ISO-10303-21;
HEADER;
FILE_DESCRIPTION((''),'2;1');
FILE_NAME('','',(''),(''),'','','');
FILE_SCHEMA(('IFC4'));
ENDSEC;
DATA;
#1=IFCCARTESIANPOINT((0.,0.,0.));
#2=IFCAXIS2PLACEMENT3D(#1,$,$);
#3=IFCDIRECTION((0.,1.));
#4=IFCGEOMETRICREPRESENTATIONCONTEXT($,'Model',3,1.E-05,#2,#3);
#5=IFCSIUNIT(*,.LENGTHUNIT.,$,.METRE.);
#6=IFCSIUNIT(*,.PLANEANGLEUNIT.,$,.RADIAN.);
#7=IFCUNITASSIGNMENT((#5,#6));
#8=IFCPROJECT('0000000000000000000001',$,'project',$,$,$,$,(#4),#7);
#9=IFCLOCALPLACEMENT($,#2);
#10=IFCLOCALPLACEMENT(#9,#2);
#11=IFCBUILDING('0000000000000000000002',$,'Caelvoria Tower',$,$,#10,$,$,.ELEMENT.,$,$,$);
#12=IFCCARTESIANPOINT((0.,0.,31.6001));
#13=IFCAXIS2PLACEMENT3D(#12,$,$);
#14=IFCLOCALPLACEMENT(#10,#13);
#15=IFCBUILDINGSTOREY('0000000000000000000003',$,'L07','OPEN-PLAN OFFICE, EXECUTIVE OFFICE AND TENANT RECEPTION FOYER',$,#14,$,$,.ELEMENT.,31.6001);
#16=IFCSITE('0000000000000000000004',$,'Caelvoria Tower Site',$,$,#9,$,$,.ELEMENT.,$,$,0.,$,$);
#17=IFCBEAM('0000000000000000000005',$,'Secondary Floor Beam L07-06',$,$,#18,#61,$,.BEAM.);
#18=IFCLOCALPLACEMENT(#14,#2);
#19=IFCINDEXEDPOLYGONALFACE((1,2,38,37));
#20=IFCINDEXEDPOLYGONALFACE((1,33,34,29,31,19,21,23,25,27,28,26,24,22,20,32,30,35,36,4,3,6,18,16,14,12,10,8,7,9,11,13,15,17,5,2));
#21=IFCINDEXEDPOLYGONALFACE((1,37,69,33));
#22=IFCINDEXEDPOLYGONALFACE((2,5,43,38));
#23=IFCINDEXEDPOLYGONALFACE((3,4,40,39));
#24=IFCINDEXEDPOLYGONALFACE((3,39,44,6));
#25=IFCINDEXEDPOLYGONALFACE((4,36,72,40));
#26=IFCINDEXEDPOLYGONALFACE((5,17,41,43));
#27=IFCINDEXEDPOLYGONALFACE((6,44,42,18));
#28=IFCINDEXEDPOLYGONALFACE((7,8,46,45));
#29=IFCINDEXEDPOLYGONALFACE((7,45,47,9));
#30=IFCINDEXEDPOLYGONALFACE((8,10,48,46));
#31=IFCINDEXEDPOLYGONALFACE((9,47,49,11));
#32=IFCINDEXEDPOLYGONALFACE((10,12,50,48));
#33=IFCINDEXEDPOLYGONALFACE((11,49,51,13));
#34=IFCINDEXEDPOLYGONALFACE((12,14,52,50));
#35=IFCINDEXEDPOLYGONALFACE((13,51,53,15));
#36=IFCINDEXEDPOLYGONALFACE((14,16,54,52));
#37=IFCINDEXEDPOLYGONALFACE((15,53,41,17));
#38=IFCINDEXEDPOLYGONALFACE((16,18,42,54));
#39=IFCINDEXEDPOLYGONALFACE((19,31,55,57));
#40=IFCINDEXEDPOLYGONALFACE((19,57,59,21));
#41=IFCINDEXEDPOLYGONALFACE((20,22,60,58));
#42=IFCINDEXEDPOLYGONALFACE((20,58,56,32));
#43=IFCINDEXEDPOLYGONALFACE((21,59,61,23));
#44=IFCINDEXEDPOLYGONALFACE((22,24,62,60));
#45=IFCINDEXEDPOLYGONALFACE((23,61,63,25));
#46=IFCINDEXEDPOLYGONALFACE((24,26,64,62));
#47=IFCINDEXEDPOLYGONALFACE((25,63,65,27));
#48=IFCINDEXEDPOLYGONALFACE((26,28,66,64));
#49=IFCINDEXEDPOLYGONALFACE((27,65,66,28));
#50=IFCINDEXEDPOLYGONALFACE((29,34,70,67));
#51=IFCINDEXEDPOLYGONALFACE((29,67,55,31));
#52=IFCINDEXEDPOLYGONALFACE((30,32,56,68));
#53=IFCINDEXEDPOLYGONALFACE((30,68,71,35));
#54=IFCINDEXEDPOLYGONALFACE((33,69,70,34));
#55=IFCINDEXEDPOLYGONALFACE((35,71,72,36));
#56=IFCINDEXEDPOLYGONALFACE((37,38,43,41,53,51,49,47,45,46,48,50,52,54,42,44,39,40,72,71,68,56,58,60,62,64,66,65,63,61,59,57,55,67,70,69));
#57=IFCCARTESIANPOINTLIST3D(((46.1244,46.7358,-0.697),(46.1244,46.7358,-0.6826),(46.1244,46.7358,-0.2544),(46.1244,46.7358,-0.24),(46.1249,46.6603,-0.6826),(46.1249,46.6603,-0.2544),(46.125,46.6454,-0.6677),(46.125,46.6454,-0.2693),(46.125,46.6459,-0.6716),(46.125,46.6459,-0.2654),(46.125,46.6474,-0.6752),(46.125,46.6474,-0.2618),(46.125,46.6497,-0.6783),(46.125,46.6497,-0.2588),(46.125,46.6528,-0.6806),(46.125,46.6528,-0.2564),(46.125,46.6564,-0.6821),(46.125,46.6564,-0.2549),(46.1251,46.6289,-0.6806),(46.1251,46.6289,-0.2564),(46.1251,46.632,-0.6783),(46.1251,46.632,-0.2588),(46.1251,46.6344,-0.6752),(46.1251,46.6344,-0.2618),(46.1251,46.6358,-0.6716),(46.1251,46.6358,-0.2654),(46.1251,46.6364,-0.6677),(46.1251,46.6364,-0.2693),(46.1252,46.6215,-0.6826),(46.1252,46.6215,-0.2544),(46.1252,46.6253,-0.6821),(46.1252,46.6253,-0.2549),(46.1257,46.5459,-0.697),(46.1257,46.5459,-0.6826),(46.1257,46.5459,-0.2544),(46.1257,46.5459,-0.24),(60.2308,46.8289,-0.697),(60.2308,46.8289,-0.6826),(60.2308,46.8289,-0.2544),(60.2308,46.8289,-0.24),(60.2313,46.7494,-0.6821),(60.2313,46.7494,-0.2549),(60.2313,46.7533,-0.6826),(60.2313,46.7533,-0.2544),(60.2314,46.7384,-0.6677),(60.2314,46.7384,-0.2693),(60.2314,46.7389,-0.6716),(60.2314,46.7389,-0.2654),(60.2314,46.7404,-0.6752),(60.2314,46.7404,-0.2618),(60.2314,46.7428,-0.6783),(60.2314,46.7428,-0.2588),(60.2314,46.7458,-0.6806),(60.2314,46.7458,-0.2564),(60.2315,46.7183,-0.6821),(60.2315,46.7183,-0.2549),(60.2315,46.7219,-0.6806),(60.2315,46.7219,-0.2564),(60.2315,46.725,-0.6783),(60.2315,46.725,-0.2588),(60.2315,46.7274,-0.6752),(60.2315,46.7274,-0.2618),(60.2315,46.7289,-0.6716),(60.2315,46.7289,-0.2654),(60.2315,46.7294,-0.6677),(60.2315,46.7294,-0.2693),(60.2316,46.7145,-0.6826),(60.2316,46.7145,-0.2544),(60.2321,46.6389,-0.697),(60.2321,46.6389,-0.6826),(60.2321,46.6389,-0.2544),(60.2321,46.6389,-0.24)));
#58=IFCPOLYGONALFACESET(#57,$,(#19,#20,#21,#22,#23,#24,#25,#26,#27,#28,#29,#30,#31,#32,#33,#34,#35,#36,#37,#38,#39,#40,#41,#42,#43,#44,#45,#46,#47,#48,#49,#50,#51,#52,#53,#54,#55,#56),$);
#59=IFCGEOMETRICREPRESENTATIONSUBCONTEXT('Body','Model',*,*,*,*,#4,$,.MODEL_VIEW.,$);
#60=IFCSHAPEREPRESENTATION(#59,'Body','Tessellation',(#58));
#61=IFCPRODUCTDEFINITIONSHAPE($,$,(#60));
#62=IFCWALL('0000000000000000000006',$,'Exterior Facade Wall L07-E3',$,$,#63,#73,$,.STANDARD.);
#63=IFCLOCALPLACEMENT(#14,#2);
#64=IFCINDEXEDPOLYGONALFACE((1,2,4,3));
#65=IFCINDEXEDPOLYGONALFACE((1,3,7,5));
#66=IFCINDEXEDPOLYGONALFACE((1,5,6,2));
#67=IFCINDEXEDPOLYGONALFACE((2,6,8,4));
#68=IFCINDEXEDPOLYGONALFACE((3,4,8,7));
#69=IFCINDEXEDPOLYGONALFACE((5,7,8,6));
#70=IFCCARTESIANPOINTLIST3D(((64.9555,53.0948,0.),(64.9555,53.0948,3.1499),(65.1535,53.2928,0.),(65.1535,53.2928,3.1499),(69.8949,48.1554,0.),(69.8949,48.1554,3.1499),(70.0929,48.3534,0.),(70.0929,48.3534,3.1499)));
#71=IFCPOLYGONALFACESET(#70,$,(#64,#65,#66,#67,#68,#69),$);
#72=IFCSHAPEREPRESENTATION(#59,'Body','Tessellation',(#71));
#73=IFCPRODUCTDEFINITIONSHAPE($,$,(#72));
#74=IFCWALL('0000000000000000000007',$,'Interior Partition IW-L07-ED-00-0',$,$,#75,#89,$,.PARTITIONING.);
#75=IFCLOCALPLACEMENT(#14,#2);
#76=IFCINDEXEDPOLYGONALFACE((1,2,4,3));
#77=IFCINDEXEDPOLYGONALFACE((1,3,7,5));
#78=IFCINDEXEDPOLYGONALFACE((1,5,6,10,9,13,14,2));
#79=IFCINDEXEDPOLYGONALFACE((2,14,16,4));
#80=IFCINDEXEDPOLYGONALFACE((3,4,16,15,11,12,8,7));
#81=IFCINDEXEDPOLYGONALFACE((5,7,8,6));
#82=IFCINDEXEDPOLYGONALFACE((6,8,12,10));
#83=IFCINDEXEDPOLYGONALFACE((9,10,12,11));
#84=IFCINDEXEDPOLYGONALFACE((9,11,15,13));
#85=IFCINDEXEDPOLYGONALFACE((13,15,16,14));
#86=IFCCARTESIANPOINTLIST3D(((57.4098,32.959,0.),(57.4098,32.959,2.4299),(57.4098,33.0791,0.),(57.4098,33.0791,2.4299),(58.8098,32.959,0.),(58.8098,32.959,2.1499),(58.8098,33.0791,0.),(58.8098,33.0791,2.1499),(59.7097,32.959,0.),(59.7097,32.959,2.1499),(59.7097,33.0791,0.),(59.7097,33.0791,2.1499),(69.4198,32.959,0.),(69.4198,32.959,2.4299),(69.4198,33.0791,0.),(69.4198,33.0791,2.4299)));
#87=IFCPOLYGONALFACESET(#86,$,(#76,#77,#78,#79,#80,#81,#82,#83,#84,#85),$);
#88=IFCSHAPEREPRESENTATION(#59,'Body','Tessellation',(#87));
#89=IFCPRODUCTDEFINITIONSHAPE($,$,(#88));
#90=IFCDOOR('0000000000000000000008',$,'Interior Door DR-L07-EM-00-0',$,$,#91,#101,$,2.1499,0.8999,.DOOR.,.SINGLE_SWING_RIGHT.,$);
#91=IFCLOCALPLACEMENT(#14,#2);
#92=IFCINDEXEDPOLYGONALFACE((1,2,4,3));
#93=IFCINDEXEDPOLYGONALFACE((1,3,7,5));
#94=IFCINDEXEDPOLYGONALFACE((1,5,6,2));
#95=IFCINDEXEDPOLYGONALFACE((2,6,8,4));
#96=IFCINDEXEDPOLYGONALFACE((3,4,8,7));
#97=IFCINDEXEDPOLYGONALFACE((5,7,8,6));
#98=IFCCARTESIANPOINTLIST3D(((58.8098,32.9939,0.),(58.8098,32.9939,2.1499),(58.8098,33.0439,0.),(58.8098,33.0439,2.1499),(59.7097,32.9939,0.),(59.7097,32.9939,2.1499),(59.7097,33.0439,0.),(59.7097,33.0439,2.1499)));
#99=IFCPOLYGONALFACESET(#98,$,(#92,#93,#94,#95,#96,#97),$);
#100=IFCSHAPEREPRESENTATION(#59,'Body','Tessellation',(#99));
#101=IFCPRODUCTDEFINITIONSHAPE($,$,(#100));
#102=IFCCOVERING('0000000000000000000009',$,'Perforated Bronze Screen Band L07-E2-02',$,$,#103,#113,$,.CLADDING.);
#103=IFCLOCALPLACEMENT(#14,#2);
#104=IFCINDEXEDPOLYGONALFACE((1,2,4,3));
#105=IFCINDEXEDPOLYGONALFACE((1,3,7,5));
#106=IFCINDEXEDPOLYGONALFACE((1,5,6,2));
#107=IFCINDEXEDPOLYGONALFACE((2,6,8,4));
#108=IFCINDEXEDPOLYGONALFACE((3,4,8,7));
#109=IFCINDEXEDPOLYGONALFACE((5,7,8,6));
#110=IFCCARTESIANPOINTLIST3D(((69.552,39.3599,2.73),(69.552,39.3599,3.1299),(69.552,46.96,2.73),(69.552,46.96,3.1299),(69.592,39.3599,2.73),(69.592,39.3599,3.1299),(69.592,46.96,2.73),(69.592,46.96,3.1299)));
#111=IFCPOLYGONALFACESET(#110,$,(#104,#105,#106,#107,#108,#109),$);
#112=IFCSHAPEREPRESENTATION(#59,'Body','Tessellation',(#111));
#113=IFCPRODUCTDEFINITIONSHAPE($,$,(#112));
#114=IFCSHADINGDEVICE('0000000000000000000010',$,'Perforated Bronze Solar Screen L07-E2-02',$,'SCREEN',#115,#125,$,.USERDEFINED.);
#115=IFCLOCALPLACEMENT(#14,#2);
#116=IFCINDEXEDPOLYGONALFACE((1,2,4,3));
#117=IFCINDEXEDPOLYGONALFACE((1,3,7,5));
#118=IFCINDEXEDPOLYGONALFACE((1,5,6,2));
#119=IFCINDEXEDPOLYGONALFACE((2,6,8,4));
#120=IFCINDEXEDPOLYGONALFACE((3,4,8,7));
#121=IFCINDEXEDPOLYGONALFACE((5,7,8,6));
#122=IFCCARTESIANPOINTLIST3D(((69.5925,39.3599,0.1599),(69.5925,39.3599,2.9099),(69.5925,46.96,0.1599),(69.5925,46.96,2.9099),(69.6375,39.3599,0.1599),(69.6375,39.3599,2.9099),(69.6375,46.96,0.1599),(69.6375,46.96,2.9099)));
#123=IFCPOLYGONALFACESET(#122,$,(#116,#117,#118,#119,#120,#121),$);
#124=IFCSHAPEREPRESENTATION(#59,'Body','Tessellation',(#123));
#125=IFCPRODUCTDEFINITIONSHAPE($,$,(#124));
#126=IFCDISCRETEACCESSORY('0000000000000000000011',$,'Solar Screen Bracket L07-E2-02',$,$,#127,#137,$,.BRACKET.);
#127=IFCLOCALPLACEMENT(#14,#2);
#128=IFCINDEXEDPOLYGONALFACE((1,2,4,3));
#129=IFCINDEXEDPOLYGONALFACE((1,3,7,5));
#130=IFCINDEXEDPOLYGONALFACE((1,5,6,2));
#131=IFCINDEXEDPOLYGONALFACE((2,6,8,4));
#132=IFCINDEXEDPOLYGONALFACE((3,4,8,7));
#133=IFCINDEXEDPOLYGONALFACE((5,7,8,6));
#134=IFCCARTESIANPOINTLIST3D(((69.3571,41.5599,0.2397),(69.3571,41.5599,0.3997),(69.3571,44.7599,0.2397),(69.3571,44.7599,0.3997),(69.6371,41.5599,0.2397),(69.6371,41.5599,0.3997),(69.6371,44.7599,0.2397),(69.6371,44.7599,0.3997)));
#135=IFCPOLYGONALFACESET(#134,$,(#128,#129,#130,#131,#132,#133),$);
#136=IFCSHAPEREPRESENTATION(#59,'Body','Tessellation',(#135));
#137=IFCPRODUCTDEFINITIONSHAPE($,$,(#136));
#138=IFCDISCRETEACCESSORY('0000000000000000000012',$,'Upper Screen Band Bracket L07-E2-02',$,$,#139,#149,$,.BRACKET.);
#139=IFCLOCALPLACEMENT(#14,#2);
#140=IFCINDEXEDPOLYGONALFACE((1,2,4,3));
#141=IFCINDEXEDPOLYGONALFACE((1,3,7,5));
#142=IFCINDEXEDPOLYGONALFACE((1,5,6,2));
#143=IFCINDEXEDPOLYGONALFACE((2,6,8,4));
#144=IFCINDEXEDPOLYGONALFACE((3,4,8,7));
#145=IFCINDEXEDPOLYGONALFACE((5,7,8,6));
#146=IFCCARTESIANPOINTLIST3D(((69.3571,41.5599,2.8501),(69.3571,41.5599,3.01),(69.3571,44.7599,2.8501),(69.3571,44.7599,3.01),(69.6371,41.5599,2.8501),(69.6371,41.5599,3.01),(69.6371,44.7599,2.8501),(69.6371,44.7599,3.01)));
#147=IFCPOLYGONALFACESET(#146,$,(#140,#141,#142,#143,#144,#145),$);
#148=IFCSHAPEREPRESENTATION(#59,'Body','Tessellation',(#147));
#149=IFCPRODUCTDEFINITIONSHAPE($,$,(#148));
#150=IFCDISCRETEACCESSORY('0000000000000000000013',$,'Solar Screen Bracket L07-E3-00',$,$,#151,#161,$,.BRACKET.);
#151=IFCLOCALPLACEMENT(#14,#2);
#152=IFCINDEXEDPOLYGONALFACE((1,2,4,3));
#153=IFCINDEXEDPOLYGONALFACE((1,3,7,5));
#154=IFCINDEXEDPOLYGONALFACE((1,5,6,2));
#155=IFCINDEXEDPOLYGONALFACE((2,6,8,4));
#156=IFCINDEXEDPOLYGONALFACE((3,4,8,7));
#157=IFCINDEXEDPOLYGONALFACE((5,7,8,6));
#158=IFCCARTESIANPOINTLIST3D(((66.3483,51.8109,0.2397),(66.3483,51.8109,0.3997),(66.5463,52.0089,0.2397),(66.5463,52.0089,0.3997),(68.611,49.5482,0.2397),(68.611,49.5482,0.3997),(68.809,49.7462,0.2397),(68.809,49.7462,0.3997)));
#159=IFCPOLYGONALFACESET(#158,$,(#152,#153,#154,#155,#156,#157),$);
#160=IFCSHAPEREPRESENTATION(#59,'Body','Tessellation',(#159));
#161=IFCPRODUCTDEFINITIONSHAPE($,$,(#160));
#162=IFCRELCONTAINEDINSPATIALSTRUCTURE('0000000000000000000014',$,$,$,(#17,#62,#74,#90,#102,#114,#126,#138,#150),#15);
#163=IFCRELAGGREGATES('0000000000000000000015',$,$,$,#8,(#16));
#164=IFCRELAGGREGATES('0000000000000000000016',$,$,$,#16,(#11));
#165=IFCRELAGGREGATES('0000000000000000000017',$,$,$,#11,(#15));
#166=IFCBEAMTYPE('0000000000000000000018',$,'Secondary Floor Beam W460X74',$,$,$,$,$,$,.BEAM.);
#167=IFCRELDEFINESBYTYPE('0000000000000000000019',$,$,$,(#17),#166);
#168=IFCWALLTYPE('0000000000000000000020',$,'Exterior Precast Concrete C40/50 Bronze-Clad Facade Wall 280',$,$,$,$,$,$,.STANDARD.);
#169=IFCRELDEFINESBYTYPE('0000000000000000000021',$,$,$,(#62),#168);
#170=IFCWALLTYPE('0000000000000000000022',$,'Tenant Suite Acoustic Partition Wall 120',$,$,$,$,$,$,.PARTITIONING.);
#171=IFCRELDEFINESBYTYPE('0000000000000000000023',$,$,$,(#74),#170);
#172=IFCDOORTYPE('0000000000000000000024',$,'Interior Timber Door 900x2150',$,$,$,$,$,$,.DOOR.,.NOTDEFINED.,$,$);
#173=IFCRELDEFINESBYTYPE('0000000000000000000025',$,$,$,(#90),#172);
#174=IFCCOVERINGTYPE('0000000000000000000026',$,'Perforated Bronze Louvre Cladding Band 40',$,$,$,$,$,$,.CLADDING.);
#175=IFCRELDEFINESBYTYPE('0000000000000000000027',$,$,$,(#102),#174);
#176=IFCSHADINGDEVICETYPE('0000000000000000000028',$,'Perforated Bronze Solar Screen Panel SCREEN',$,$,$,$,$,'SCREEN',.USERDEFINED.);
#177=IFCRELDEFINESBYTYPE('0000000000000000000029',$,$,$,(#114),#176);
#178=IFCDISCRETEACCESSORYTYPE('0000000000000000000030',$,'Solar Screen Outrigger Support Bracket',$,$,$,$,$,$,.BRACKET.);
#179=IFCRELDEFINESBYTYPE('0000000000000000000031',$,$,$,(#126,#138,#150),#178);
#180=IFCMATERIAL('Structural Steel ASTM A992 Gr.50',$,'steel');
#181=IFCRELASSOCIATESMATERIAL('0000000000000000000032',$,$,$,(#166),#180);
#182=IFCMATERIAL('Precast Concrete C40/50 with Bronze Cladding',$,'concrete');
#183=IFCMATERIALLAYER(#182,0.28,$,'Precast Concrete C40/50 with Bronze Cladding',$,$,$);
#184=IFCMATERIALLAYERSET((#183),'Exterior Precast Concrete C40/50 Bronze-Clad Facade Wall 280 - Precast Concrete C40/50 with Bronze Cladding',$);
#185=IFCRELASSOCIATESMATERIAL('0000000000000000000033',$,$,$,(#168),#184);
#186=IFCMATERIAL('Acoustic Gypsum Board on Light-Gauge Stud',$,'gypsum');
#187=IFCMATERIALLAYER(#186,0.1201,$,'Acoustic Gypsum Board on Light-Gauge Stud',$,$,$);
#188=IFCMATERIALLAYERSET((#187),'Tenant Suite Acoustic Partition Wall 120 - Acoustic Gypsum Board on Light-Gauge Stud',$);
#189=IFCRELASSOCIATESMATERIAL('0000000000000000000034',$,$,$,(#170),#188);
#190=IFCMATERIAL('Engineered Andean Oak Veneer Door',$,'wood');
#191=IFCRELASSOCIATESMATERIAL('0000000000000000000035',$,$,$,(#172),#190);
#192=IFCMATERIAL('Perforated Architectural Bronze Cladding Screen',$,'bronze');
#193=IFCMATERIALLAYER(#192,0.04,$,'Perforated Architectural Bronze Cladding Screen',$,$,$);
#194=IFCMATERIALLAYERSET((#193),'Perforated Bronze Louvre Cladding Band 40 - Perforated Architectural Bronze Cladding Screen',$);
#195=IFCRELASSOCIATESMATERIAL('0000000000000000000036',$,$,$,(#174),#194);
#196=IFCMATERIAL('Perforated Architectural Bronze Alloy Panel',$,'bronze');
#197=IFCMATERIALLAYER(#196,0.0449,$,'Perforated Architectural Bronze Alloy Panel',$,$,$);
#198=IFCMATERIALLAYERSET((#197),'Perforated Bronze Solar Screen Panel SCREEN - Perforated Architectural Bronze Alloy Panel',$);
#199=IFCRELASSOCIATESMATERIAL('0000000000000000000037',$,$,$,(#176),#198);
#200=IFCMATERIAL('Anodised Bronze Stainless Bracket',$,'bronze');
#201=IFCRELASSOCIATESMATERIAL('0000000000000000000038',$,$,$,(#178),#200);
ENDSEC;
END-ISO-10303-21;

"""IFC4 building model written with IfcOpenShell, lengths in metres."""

from ifc_helpers import new_model, si_unit, direction, frame, frame_2d, origin, origin_2d, place, context, subcontext, project, spatial, rectangle, i_section, extrude, material, layer, layer_set, material_profile, profile_set, type_object, element, fill, save


model = new_model("IFC4")

# Units and contexts
model_context = context("Model", 3, precision=1e-05, world=origin(), true_north=direction((0.0, 1.0)))
body_context = subcontext(model_context, "Body", "Model", "MODEL_VIEW")
ifc_project = project(units=[si_unit("LENGTHUNIT", "METRE"), si_unit("PLANEANGLEUNIT", "RADIAN")], contexts=[model_context])

# Site, building, storey
site_placement = place(None, origin())
site = spatial("IfcSite", under=ifc_project, at=site_placement, Name="Caelvoria Tower Site", CompositionType="ELEMENT", RefElevation=0.0)
building_placement = place(site_placement, origin())
building = spatial("IfcBuilding", under=site, at=building_placement, Name="Caelvoria Tower", CompositionType="ELEMENT")
storey_placement = place(building_placement, frame((0.0, 0.0, 31.6001)))
storey = spatial("IfcBuildingStorey", under=building, at=storey_placement, Name="L07", Description="OPEN-PLAN OFFICE, EXECUTIVE OFFICE AND TENANT RECEPTION FOYER", CompositionType="ELEMENT", Elevation=31.6001)

# Beam
ifc_material_1 = material(Name="Structural Steel ASTM A992 Gr.50", Category="steel")
ifc_material_profile_1 = material_profile(ifc_material_1, i_section(OverallWidth=0.1899, OverallDepth=0.457, WebThickness=0.009, FlangeThickness=0.0144, FilletRadius=0.0149, at=origin_2d()), Name="Structural Steel ASTM A992 Gr.50")
ifc_profile_set_1 = profile_set([ifc_material_profile_1], Name="W460X74 - Structural Steel ASTM A992 Gr.50")
beam_type_1 = type_object("IfcBeamType", Name="Secondary Floor Beam W460X74", PredefinedType="BEAM", material=ifc_profile_set_1)
beam_1_placement = place(storey_placement, frame((60.2314, 46.7339, -0.4685), z_axis=(-0.999978, -0.006594, 0.0), x_axis=(0.006594, -0.999978, 0.0)))
element("IfcBeam", 1, at=beam_1_placement, inside=storey, type_object=beam_type_1, Name="Secondary Floor Beam L07-06", PredefinedType="BEAM", context=body_context, shape_type="SweptSolid", body=[
    extrude(i_section(OverallWidth=0.1899, OverallDepth=0.457, WebThickness=0.009, FlangeThickness=0.0144, FilletRadius=0.0149, at=origin_2d()), origin(), (0.0, 0.0, 1.0), 14.1067),
])

# Wall
ifc_material_2 = material(Name="Precast Concrete C40/50 with Bronze Cladding", Category="concrete")
ifc_layer_1 = layer(ifc_material_2, 0.28, Name="Precast Concrete C40/50 with Bronze Cladding")
ifc_layer_set_1 = layer_set([ifc_layer_1], Name="Exterior Precast Concrete C40/50 Bronze-Clad Facade Wall 280 - Precast Concrete C40/50 with Bronze Cladding")
wall_type_1 = type_object("IfcWallType", Name="Exterior Precast Concrete C40/50 Bronze-Clad Facade Wall 280", PredefinedType="STANDARD", material=ifc_layer_set_1)
wall_1_placement = place(storey_placement, frame((69.9939, 48.2544, 0.0), z_axis=(0.0, 0.0, 1.0), x_axis=(-0.707107, 0.707107, 0.0)))
element("IfcWall", 2, at=wall_1_placement, inside=storey, type_object=wall_type_1, Name="Exterior Facade Wall L07-E3", PredefinedType="STANDARD", context=body_context, shape_type="SweptSolid", body=[
    extrude(rectangle(XDim=6.9854, YDim=0.28, at=frame_2d((3.4927, 0.0))), origin(), (0.0, 0.0, 1.0), 3.1499),
])

# Wall, opening, door
ifc_material_3 = material(Name="Acoustic Gypsum Board on Light-Gauge Stud", Category="gypsum")
ifc_layer_2 = layer(ifc_material_3, 0.1201, Name="Acoustic Gypsum Board on Light-Gauge Stud")
ifc_layer_set_2 = layer_set([ifc_layer_2], Name="Tenant Suite Acoustic Partition Wall 120 - Acoustic Gypsum Board on Light-Gauge Stud")
wall_type_2 = type_object("IfcWallType", Name="Tenant Suite Acoustic Partition Wall 120", PredefinedType="PARTITIONING", material=ifc_layer_set_2)
wall_2_placement = place(storey_placement, frame((57.4099, 33.019, 0.0), z_axis=(0.0, 0.0, 1.0), x_axis=(1.0, 0.0, 0.0)))
wall_2 = element("IfcWall", 3, at=wall_2_placement, inside=storey, type_object=wall_type_2, Name="Interior Partition IW-L07-ED-00-0", PredefinedType="PARTITIONING", context=body_context, shape_type="SweptSolid", body=[
    extrude(rectangle(XDim=12.01, YDim=0.1201, at=frame_2d((6.0049, 0.0))), origin(), (0.0, 0.0, 1.0), 2.4299),
])
opening_placement = place(wall_2_placement, frame((1.3999, 0.0, 0.0)))
opening = element("IfcOpeningElement", 4, at=opening_placement, cuts=wall_2, PredefinedType="OPENING", context=body_context, shape_type="SweptSolid", body=[
    extrude(rectangle(XDim=0.8999, YDim=2.1499, at=frame_2d((0.45, 1.075))), frame((0.0, 0.0701, 0.0), z_axis=(0.0, -1.0, 0.0), x_axis=(1.0, 0.0, 0.0)), (0.0, 0.0, 1.0), 0.1401),
])
ifc_material_4 = material(Name="Engineered Andean Oak Veneer Door", Category="wood")
door_type = type_object("IfcDoorType", Name="Interior Timber Door 900x2150", OperationType="NOTDEFINED", PredefinedType="DOOR", material=ifc_material_4)
door_placement = place(opening_placement, origin())
door = element("IfcDoor", 5, at=door_placement, inside=storey, type_object=door_type, Name="Interior Door DR-L07-EM-00-0", OperationType="SINGLE_SWING_RIGHT", OverallHeight=2.1499, OverallWidth=0.8999, PredefinedType="DOOR", context=body_context, shape_type="SweptSolid", body=[
    extrude(rectangle(XDim=0.8999, YDim=2.1499, at=frame_2d((0.45, 1.075))), frame((0.0, 0.0249, 0.0), z_axis=(0.0, -1.0, 0.0), x_axis=(1.0, 0.0, 0.0)), (0.0, 0.0, 1.0), 0.05),
])
fill(opening, door)

# Covering
ifc_material_5 = material(Name="Perforated Architectural Bronze Cladding Screen", Category="bronze")
ifc_layer_3 = layer(ifc_material_5, 0.04, Name="Perforated Architectural Bronze Cladding Screen")
ifc_layer_set_3 = layer_set([ifc_layer_3], Name="Perforated Bronze Louvre Cladding Band 40 - Perforated Architectural Bronze Cladding Screen")
covering_type = type_object("IfcCoveringType", Name="Perforated Bronze Louvre Cladding Band 40", PredefinedType="CLADDING", material=ifc_layer_set_3)
covering_placement = place(storey_placement, frame((69.572, 43.1599, 2.73), z_axis=(0.0, 0.0, 1.0), x_axis=(0.0, 1.0, 0.0)))
element("IfcCovering", 6, at=covering_placement, inside=storey, type_object=covering_type, Name="Perforated Bronze Screen Band L07-E2-02", PredefinedType="CLADDING", context=body_context, shape_type="SweptSolid", body=[
    extrude(rectangle(XDim=7.6001, YDim=0.04, at=origin_2d()), origin(), (0.0, 0.0, 1.0), 0.3999),
])

# Shading device
ifc_material_6 = material(Name="Perforated Architectural Bronze Alloy Panel", Category="bronze")
ifc_layer_4 = layer(ifc_material_6, 0.0449, Name="Perforated Architectural Bronze Alloy Panel")
ifc_layer_set_4 = layer_set([ifc_layer_4], Name="Perforated Bronze Solar Screen Panel SCREEN - Perforated Architectural Bronze Alloy Panel")
shading_device_type = type_object("IfcShadingDeviceType", Name="Perforated Bronze Solar Screen Panel SCREEN", ElementType="SCREEN", PredefinedType="USERDEFINED", material=ifc_layer_set_4)
shading_device_placement = place(storey_placement, frame((69.615, 43.1599, 0.1599), z_axis=(0.0, 0.0, 1.0), x_axis=(0.0, 1.0, 0.0)))
element("IfcShadingDevice", 7, at=shading_device_placement, inside=storey, type_object=shading_device_type, Name="Perforated Bronze Solar Screen L07-E2-02", ObjectType="SCREEN", PredefinedType="USERDEFINED", context=body_context, shape_type="SweptSolid", body=[
    extrude(rectangle(XDim=7.6001, YDim=0.0449, at=origin_2d()), origin(), (0.0, 0.0, 1.0), 2.75),
])

# Discrete accessories
ifc_material_7 = material(Name="Anodised Bronze Stainless Bracket", Category="bronze")
discrete_accessory_type = type_object("IfcDiscreteAccessoryType", Name="Solar Screen Outrigger Support Bracket", PredefinedType="BRACKET", material=ifc_material_7)
for number, where, z_axis, x_axis, name in (
    (8, (69.4971, 43.1599, 0.2397), (0.0, 0.0, 1.0), (0.0, 1.0, 0.0), "Solar Screen Bracket L07-E2-02"),
    (9, (69.4971, 43.1599, 2.8501), (0.0, 0.0, 1.0), (0.0, 1.0, 0.0), "Upper Screen Band Bracket L07-E2-02"),
    (10, (67.5786, 50.7786, 0.2397), (0.0, 0.0, 1.0), (-0.707107, 0.707107, 0.0), "Solar Screen Bracket L07-E3-00"),
):
    element("IfcDiscreteAccessory", number, at=place(storey_placement, frame(where, z_axis=z_axis, x_axis=x_axis)), inside=storey, type_object=discrete_accessory_type, Name=name, PredefinedType="BRACKET", context=body_context, shape_type="SweptSolid", body=[
        extrude(rectangle(XDim=3.2, YDim=0.28, at=origin_2d()), origin(), (0.0, 0.0, 1.0), 0.1599),
    ])

save(model, "model.ifc")
